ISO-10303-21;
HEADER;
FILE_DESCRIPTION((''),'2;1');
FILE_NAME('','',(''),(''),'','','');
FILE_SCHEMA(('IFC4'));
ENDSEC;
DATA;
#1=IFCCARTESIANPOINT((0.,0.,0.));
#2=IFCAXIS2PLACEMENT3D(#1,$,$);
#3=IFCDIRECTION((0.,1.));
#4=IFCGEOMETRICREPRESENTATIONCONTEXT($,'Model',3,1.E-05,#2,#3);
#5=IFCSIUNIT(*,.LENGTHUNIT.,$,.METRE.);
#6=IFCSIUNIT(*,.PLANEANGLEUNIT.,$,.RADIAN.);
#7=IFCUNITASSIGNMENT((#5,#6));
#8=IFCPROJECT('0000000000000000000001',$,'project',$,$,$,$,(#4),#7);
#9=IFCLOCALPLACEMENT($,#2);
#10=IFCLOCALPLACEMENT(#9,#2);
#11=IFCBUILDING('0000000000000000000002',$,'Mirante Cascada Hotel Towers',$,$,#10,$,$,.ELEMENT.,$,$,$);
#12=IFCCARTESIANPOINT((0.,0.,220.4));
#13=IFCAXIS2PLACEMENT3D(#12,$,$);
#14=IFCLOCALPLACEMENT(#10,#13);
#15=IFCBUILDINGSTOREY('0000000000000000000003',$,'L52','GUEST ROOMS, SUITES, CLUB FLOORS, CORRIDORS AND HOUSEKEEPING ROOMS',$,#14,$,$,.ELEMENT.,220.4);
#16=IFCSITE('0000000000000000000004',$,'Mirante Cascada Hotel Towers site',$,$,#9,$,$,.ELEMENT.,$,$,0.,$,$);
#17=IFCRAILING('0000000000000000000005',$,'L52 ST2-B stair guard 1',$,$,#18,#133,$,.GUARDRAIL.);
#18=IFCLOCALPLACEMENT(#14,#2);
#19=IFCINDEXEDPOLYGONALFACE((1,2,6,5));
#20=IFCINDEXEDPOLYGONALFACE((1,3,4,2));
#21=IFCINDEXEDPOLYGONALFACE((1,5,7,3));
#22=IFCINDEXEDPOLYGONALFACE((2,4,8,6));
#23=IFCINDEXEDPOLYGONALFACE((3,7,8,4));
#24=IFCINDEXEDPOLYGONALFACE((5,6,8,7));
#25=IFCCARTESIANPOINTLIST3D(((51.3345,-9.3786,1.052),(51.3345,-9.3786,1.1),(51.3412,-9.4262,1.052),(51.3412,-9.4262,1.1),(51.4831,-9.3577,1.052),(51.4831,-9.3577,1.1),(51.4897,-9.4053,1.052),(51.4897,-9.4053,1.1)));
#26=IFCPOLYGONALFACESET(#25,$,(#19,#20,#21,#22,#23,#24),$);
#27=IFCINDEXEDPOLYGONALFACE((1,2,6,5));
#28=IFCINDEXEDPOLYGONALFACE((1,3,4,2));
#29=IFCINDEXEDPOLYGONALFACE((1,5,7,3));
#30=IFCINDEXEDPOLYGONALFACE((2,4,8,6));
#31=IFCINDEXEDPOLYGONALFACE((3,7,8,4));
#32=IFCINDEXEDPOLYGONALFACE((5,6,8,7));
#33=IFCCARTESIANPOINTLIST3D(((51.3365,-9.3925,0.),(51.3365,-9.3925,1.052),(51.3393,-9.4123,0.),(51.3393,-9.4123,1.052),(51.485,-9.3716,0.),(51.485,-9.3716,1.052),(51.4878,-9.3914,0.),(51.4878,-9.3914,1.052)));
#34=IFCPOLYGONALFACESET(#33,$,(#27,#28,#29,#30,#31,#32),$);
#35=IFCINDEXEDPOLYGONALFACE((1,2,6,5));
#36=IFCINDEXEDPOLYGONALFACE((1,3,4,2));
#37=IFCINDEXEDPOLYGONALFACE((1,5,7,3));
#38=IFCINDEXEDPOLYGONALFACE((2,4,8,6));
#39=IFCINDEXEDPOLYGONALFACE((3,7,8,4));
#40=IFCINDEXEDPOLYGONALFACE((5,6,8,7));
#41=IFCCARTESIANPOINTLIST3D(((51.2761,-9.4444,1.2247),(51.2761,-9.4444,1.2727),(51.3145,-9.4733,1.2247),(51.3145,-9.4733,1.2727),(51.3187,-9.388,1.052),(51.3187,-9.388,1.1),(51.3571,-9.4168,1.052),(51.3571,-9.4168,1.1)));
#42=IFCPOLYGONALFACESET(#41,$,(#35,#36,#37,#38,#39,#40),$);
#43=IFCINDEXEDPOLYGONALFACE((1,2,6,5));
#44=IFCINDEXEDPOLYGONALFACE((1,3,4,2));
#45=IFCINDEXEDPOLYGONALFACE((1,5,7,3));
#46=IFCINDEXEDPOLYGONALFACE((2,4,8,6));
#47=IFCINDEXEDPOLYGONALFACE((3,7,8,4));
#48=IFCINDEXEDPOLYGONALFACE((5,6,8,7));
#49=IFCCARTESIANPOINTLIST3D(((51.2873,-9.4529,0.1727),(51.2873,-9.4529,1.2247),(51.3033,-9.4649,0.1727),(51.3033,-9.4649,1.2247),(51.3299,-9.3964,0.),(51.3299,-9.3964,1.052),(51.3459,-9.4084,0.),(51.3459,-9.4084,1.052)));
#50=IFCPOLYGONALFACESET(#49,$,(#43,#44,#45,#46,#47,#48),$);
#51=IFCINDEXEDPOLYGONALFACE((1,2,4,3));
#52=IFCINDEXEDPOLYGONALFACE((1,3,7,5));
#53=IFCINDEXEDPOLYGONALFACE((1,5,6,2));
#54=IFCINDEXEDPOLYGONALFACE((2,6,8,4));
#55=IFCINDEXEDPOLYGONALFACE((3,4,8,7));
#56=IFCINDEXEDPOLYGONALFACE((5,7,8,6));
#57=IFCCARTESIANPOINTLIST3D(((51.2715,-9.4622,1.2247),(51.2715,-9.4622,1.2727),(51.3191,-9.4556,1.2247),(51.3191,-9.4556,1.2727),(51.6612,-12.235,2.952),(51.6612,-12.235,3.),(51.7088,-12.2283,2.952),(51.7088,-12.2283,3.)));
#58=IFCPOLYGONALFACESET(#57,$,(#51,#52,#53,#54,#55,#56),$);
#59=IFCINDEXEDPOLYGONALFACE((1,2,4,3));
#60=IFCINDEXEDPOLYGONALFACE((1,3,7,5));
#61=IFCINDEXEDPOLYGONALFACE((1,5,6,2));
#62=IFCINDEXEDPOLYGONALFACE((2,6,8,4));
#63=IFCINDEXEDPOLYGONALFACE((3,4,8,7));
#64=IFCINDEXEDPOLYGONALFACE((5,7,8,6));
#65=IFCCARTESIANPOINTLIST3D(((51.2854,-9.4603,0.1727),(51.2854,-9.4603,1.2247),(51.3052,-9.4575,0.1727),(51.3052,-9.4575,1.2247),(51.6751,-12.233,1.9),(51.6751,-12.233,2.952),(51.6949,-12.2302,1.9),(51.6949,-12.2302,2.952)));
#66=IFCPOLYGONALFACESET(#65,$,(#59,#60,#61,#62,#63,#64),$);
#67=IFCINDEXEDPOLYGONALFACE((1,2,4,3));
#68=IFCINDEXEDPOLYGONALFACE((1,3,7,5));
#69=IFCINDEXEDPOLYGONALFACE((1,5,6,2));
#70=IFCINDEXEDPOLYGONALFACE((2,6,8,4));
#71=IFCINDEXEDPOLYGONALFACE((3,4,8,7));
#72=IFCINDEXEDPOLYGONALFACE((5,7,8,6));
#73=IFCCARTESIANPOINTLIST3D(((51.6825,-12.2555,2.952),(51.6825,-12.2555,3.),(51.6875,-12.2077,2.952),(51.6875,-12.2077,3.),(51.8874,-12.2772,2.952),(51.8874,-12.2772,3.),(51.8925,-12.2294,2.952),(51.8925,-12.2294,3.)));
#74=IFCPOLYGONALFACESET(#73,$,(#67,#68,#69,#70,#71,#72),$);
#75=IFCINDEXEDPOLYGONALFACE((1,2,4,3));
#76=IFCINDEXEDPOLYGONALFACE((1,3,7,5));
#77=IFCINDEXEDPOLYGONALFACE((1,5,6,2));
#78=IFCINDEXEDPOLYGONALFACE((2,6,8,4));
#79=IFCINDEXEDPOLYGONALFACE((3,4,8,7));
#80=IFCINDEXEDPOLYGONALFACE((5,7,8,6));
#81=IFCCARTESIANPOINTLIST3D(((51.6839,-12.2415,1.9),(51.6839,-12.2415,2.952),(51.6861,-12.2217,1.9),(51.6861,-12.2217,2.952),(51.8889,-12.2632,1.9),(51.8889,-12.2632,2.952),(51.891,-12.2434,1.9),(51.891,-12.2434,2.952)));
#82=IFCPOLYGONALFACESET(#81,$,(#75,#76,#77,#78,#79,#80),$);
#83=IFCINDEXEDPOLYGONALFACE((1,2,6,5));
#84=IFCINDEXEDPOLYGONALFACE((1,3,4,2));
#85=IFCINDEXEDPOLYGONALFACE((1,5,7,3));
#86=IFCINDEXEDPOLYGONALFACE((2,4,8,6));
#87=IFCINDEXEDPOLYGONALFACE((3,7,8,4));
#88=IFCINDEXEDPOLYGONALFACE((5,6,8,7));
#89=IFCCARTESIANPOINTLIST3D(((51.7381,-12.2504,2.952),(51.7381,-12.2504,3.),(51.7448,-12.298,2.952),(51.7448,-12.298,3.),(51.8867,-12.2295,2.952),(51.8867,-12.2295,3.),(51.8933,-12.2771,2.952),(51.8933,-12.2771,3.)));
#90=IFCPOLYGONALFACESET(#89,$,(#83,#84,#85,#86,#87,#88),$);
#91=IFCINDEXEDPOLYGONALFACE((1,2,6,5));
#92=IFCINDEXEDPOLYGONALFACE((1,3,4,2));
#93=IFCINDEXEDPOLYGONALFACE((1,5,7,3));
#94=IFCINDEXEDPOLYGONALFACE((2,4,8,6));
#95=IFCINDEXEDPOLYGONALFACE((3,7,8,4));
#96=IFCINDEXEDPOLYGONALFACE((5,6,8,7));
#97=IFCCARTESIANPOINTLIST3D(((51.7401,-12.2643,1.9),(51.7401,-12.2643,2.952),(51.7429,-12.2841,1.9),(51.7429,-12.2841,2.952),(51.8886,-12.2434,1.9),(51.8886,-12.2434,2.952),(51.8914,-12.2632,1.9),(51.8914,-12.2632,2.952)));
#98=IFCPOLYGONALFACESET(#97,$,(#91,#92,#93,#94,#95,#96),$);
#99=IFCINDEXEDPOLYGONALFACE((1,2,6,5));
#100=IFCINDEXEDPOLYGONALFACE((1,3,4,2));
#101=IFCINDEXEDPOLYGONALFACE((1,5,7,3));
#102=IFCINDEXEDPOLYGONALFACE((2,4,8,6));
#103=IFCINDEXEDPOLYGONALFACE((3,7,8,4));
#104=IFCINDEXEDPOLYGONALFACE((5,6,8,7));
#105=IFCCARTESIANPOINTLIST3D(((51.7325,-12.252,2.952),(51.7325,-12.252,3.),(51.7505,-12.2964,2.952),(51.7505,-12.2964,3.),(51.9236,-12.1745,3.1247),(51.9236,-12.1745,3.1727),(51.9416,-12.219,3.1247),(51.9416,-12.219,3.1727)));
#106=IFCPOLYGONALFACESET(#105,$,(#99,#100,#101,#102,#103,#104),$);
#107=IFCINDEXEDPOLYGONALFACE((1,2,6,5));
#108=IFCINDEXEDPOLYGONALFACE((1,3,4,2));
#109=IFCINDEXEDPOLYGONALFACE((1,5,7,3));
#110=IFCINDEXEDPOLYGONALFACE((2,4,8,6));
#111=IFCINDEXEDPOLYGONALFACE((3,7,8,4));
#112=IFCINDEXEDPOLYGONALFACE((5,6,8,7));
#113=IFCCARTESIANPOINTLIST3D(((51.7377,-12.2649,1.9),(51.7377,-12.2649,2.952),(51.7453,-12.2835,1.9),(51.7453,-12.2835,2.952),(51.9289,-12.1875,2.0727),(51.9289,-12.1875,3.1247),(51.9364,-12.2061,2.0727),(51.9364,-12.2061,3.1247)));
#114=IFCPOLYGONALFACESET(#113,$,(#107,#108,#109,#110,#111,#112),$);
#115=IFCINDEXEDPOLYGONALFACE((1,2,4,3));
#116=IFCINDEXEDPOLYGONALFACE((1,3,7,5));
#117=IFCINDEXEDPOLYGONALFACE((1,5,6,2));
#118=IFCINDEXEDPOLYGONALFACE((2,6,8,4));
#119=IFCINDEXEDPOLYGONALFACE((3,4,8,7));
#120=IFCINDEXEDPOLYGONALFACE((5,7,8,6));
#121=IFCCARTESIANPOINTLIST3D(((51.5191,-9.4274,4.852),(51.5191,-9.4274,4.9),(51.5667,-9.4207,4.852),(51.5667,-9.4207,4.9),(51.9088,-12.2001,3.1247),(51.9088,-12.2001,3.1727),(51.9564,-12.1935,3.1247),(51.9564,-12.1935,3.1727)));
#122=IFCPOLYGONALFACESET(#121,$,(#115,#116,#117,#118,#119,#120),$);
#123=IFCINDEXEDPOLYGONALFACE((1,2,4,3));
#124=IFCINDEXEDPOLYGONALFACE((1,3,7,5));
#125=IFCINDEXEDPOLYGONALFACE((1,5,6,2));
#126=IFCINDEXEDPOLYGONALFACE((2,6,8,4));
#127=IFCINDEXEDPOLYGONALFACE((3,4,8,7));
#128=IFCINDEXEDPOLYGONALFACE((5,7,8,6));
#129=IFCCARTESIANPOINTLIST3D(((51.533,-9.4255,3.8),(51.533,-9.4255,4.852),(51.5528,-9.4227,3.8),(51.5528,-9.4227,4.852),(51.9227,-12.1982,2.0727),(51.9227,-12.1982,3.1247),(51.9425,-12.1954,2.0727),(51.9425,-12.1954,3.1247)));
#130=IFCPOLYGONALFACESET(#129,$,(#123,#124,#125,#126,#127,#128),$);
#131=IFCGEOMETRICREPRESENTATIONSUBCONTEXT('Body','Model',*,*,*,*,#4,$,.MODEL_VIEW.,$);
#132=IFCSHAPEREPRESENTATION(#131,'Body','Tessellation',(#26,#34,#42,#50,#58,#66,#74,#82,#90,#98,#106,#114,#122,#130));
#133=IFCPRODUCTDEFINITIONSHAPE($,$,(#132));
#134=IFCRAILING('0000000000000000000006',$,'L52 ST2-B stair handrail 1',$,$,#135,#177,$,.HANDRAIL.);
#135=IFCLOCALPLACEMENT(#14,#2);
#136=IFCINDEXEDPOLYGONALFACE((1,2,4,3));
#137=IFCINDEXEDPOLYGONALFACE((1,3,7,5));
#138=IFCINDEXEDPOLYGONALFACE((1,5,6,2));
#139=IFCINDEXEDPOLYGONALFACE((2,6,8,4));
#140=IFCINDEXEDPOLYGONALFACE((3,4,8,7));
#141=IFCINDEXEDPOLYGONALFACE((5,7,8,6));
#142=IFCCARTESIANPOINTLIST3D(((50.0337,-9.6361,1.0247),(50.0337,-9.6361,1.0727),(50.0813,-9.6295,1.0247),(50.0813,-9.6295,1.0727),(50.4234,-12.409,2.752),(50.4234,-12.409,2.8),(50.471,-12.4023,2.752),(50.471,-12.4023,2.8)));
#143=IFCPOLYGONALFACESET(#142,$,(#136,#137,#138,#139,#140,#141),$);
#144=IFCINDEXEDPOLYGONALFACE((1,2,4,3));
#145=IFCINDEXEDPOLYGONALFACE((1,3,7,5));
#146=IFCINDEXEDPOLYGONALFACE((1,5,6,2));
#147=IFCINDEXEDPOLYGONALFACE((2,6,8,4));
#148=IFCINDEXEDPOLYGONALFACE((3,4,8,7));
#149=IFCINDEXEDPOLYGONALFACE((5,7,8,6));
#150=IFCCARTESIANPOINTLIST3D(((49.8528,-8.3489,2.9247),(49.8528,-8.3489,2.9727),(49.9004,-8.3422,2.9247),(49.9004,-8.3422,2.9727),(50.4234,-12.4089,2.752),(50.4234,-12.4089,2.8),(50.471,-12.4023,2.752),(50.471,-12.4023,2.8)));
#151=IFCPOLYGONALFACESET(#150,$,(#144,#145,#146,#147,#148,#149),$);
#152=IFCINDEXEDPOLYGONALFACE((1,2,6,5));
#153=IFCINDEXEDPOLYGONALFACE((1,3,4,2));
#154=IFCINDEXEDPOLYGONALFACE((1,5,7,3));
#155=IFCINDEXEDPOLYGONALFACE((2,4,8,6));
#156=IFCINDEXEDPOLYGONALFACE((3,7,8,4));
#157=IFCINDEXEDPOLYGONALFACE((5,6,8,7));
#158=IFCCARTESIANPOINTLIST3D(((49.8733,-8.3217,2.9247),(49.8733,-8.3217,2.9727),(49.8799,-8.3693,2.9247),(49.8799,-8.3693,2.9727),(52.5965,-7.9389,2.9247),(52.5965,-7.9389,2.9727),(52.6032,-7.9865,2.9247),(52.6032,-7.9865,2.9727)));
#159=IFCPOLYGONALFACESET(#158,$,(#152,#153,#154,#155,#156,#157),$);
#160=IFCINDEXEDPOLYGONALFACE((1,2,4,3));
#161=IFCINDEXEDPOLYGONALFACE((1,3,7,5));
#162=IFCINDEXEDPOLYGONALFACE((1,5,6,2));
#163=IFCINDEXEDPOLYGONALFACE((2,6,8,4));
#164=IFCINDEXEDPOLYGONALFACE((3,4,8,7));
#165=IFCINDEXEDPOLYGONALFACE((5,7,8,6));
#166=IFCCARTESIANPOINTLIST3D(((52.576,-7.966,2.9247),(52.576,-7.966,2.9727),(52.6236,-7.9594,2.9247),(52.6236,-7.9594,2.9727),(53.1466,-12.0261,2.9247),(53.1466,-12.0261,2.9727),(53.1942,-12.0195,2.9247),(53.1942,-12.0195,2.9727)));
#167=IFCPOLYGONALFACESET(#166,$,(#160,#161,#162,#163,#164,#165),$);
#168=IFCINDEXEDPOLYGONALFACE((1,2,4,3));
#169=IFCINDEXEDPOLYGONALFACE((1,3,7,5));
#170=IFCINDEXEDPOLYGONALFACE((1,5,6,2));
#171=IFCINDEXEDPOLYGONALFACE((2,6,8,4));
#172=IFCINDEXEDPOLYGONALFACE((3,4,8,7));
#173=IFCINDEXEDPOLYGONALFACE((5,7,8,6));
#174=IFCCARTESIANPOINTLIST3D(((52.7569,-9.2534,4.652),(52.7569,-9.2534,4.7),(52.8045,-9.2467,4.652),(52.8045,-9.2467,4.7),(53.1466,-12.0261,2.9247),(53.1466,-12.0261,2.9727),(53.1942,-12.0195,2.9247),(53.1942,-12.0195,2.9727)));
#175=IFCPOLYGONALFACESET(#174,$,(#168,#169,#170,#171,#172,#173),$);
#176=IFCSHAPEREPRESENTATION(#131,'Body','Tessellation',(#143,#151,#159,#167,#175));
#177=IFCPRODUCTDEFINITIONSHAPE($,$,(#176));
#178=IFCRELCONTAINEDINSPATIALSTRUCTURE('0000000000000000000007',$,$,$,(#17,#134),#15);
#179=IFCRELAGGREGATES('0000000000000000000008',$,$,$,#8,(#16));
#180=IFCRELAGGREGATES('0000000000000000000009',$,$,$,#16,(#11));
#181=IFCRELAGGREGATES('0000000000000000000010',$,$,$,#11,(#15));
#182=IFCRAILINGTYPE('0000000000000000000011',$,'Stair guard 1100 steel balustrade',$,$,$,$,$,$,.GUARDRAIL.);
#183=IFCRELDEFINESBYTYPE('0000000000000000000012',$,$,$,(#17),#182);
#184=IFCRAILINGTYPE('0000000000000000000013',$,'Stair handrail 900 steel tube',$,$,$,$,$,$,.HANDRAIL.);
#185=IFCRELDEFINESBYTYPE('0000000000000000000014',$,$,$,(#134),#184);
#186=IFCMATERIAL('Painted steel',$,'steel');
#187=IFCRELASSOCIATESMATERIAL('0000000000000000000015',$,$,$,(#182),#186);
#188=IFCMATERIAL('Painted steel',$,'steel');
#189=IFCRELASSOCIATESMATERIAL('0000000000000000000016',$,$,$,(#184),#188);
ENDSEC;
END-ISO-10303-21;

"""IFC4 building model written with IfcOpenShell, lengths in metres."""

from ifc_helpers import new_model, si_unit, direction, frame, origin, origin_2d, place, context, subcontext, project, spatial, rectangle, extrude, material, type_object, element, save


model = new_model("IFC4")

# Units and contexts
model_context = context("Model", 3, precision=1e-05, world=origin(), true_north=direction((0.0, 1.0)))
body_context = subcontext(model_context, "Body", "Model", "MODEL_VIEW")
ifc_project = project(units=[si_unit("LENGTHUNIT", "METRE"), si_unit("PLANEANGLEUNIT", "RADIAN")], contexts=[model_context])

# Site, building, storey
site_placement = place(None, origin())
site = spatial("IfcSite", under=ifc_project, at=site_placement, Name="Mirante Cascada Hotel Towers site", CompositionType="ELEMENT", RefElevation=0.0)
building_placement = place(site_placement, origin())
building = spatial("IfcBuilding", under=site, at=building_placement, Name="Mirante Cascada Hotel Towers", CompositionType="ELEMENT")
storey_placement = place(building_placement, frame((0.0, 0.0, 220.4)))
storey = spatial("IfcBuildingStorey", under=building, at=storey_placement, Name="L52", Description="GUEST ROOMS, SUITES, CLUB FLOORS, CORRIDORS AND HOUSEKEEPING ROOMS", CompositionType="ELEMENT", Elevation=220.4)

# Railings
ifc_material_1 = material(Name="Painted steel", Category="steel")
railing_type_1 = type_object("IfcRailingType", Name="Stair guard 1100 steel balustrade", PredefinedType="GUARDRAIL", material=ifc_material_1)
railing_1_placement = place(storey_placement, frame((51.4864, -9.3815, 0.0)))
element("IfcRailing", 1, at=railing_1_placement, inside=storey, type_object=railing_type_1, Name="L52 ST2-B stair guard 1", PredefinedType="GUARDRAIL", context=body_context, shape_type="SweptSolid", body=[
    extrude(rectangle(XDim=0.048, YDim=0.048, at=origin_2d()), frame((0.0, 0.0, 1.076), z_axis=(-0.990241, -0.139367, 0.0), x_axis=(0.139367, -0.990241, 0.0)), (0.0, 0.0, 1.0), 0.15),
    extrude(rectangle(XDim=0.02, YDim=1.052, at=origin_2d()), frame((0.0, 0.0, 0.526), z_axis=(-0.990241, -0.139367, 0.0), x_axis=(0.139367, -0.990241, 0.0)), (0.0, 0.0, 1.0), 0.15),
    extrude(rectangle(XDim=0.048, YDim=0.048, at=origin_2d()), frame((-0.1485, -0.0209, 1.076), z_axis=(-0.602033, -0.798471, 0.0), x_axis=(0.798471, -0.602033, 0.0)), (0.0, 0.92534, 0.379139), 0.1866),
    extrude(rectangle(XDim=0.02, YDim=1.052, at=origin_2d()), frame((-0.1485, -0.0209, 0.526), z_axis=(-0.602033, -0.798471, 0.0), x_axis=(0.798471, -0.602033, 0.0)), (0.0, 0.92534, 0.379139), 0.1866),
    extrude(rectangle(XDim=0.048, YDim=0.048, at=origin_2d()), frame((-0.1911, -0.0774, 1.2487), z_axis=(0.139181, -0.990267, 0.0), x_axis=(0.990267, 0.139181, 0.0)), (0.0, 0.525035, 0.851081), 3.2899),
    extrude(rectangle(XDim=0.02, YDim=1.052, at=origin_2d()), frame((-0.1911, -0.0774, 0.6987), z_axis=(0.139181, -0.990267, 0.0), x_axis=(0.990267, 0.139181, 0.0)), (0.0, 0.525035, 0.851081), 3.2899),
    extrude(rectangle(XDim=0.048, YDim=0.048, at=origin_2d()), frame((0.1986, -2.8501, 2.976), z_axis=(0.994444, -0.105266, 0.0), x_axis=(0.105266, 0.994444, 0.0)), (0.0, 0.0, 1.0), 0.2061),
    extrude(rectangle(XDim=0.02, YDim=1.052, at=origin_2d()), frame((0.1986, -2.8501, 2.426), z_axis=(0.994444, -0.105266, 0.0), x_axis=(0.105266, 0.994444, 0.0)), (0.0, 0.0, 1.0), 0.2061),
    extrude(rectangle(XDim=0.048, YDim=0.048, at=origin_2d()), frame((0.4036, -2.8718, 2.976), z_axis=(-0.990241, -0.139367, 0.0), x_axis=(0.139367, -0.990241, 0.0)), (0.0, 0.0, 1.0), 0.15),
    extrude(rectangle(XDim=0.02, YDim=1.052, at=origin_2d()), frame((0.4036, -2.8718, 2.426), z_axis=(-0.990241, -0.139367, 0.0), x_axis=(0.139367, -0.990241, 0.0)), (0.0, 0.0, 1.0), 0.15),
    extrude(rectangle(XDim=0.048, YDim=0.048, at=origin_2d()), frame((0.2551, -2.8927, 2.976), z_axis=(0.926862, 0.375401, 0.0), x_axis=(-0.375401, 0.926862, 0.0)), (0.0, 0.642122, 0.766603), 0.269),
    extrude(rectangle(XDim=0.02, YDim=1.052, at=origin_2d()), frame((0.2551, -2.8927, 2.426), z_axis=(0.926862, 0.375401, 0.0), x_axis=(-0.375401, 0.926862, 0.0)), (0.0, 0.642122, 0.766603), 0.269),
    extrude(rectangle(XDim=0.048, YDim=0.048, at=origin_2d()), frame((0.4462, -2.8153, 3.1487), z_axis=(-0.139181, 0.990267, 0.0), x_axis=(-0.990267, -0.139181, 0.0)), (0.0, 0.525035, 0.851081), 3.2899),
    extrude(rectangle(XDim=0.02, YDim=1.052, at=origin_2d()), frame((0.4462, -2.8153, 2.5987), z_axis=(-0.139181, 0.990267, 0.0), x_axis=(-0.990267, -0.139181, 0.0)), (0.0, 0.525035, 0.851081), 3.2899),
])
ifc_material_2 = material(Name="Painted steel", Category="steel")
railing_type_2 = type_object("IfcRailingType", Name="Stair handrail 900 steel tube", PredefinedType="HANDRAIL", material=ifc_material_2)
railing_2_placement = place(storey_placement, frame((50.0575, -9.6328, 0.1727)))
element("IfcRailing", 2, at=railing_2_placement, inside=storey, type_object=railing_type_2, Name="L52 ST2-B stair handrail 1", PredefinedType="HANDRAIL", context=body_context, shape_type="SweptSolid", body=[
    extrude(rectangle(XDim=0.048, YDim=0.048, at=origin_2d()), frame((0.0, 0.0, 0.876), z_axis=(0.139176, -0.990268, 0.0), x_axis=(0.990268, 0.139176, 0.0)), (0.0, 0.525021, 0.851089), 3.29),
    extrude(rectangle(XDim=0.048, YDim=0.048, at=origin_2d()), frame((0.3897, -2.7728, 2.6033), z_axis=(-0.139171, 0.990268, 0.0), x_axis=(-0.990268, -0.139171, 0.0)), (0.0, 0.042085, 0.999114), 4.1036),
    extrude(rectangle(XDim=0.048, YDim=0.048, at=origin_2d()), frame((-0.1809, 1.2873, 2.776), z_axis=(0.990264, 0.139201, 0.0), x_axis=(-0.139201, 0.990264, 0.0)), (0.0, 0.0, 1.0), 2.75),
    extrude(rectangle(XDim=0.048, YDim=0.048, at=origin_2d()), frame((2.5423, 1.6701, 2.776), z_axis=(0.139171, -0.990268, 0.0), x_axis=(0.990268, 0.139171, 0.0)), (0.0, 0.0, 1.0), 4.1),
    extrude(rectangle(XDim=0.048, YDim=0.048, at=origin_2d()), frame((3.1129, -2.39, 2.776), z_axis=(-0.139181, 0.990267, 0.0), x_axis=(-0.990267, -0.139181, 0.0)), (0.0, 0.525035, 0.851081), 3.2899),
])

save(model, "model.ifc")
